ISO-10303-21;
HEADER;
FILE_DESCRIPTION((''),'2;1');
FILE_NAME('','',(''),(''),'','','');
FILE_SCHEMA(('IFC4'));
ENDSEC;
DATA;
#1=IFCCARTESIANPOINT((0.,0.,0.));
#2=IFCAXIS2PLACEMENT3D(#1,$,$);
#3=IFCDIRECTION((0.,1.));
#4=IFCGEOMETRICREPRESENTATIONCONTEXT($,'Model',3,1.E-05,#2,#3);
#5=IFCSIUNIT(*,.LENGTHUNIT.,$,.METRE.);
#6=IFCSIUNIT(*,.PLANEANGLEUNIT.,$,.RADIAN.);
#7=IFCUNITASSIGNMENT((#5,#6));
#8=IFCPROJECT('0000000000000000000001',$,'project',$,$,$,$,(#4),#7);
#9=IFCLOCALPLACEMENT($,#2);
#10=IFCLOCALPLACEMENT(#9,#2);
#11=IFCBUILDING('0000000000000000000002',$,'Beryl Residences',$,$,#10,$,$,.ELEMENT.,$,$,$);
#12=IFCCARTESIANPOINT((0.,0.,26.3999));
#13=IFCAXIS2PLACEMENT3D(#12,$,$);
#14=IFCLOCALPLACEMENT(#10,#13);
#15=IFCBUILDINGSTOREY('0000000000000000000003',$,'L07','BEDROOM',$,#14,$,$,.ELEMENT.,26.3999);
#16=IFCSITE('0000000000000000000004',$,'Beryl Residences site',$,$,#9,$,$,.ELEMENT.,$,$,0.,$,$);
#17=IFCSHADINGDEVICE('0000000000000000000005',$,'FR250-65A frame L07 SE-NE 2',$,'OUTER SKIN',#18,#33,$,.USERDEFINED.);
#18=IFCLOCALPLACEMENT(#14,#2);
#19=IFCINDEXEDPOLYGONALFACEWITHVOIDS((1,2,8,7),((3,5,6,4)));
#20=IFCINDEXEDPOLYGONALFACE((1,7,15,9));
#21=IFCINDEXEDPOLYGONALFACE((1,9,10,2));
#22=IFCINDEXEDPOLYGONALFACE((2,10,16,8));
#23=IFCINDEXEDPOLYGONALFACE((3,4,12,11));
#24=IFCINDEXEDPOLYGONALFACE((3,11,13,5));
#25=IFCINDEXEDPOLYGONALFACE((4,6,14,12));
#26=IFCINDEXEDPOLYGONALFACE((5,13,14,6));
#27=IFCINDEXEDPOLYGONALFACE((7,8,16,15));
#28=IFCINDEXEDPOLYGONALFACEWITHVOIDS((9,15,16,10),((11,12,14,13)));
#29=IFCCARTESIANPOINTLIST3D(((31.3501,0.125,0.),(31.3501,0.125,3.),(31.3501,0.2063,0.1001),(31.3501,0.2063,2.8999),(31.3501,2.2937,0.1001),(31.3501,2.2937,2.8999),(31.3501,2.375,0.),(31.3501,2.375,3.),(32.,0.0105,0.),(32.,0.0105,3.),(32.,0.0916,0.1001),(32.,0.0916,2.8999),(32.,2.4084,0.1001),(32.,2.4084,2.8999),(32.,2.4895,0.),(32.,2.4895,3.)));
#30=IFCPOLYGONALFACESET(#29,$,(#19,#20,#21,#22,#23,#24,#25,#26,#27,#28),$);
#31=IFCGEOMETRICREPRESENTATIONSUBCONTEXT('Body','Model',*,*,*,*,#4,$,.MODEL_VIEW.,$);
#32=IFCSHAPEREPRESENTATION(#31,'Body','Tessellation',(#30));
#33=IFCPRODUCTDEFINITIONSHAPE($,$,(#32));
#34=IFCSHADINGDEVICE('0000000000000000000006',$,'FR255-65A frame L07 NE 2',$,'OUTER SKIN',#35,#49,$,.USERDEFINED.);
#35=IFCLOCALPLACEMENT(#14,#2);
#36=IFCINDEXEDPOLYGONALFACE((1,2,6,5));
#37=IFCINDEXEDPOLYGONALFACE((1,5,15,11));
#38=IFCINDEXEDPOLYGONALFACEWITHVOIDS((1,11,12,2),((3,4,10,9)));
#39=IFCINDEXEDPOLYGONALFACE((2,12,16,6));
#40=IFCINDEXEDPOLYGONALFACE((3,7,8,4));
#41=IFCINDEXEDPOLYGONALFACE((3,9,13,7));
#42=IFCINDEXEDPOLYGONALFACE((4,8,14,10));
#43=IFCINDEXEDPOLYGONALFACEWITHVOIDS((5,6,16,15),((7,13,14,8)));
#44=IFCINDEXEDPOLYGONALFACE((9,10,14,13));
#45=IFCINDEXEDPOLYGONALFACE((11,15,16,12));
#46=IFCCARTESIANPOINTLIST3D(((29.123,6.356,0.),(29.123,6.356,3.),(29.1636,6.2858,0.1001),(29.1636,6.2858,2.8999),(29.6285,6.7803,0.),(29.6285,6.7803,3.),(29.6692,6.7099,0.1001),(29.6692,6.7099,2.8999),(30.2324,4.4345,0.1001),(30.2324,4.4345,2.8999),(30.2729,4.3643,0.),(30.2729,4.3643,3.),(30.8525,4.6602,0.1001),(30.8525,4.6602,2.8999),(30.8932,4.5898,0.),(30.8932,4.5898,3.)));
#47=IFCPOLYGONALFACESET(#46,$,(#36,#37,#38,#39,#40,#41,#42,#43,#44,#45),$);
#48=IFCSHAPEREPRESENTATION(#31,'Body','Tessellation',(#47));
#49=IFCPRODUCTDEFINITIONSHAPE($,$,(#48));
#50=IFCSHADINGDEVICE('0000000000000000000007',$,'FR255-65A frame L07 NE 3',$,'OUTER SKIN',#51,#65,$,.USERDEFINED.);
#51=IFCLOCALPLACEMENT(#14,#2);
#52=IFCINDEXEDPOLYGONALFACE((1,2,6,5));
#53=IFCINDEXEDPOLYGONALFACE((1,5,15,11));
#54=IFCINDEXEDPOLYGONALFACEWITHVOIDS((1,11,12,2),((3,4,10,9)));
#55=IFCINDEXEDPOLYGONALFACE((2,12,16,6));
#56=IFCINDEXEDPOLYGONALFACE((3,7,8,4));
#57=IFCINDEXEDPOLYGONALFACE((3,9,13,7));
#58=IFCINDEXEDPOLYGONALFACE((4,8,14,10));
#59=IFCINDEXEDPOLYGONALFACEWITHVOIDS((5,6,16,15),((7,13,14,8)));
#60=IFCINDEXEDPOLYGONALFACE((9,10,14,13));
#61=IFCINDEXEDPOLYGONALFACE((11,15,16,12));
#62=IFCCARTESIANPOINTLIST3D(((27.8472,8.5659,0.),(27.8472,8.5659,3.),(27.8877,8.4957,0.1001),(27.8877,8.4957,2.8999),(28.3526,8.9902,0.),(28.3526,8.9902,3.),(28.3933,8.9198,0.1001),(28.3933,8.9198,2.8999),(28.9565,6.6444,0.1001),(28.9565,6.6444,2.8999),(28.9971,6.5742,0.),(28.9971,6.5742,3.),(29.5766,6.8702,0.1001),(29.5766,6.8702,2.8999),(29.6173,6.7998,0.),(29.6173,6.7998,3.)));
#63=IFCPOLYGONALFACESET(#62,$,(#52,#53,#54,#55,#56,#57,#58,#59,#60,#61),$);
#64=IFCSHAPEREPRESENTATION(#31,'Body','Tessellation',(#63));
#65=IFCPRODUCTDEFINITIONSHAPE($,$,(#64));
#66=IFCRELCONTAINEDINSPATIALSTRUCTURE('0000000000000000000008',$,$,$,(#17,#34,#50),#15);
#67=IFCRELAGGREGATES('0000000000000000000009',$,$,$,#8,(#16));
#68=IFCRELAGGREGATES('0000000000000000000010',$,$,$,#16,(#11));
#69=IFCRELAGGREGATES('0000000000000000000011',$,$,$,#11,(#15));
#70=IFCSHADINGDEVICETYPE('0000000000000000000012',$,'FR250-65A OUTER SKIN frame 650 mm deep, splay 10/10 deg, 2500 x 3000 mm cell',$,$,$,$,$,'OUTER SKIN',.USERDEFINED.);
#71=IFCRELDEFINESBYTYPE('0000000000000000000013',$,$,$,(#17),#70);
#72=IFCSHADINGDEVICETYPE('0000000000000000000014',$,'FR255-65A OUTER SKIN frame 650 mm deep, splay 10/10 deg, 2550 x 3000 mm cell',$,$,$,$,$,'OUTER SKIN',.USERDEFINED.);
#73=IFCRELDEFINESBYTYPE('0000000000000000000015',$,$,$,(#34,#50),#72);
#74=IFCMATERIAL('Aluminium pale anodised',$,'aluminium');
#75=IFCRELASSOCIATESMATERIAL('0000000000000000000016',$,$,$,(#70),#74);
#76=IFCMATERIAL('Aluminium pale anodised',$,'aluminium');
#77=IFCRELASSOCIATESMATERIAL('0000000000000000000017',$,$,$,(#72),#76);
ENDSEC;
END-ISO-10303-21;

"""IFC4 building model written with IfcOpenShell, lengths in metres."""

from ifc_helpers import new_model, entity, si_unit, direction, frame, origin, place, context, subcontext, project, spatial, source, transform, mapped, material, type_object, type_shapes, element, save


model = new_model("IFC4")

# Units and contexts
model_context = context("Model", 3, precision=1e-05, world=origin(), true_north=direction((0.0, 1.0)))
body_context = subcontext(model_context, "Body", "Model", "MODEL_VIEW")
ifc_project = project(units=[si_unit("LENGTHUNIT", "METRE"), si_unit("PLANEANGLEUNIT", "RADIAN")], contexts=[model_context])

# Site, building, storey
site_placement = place(None, origin())
site = spatial("IfcSite", under=ifc_project, at=site_placement, Name="Beryl Residences site", CompositionType="ELEMENT", RefElevation=0.0)
building_placement = place(site_placement, origin())
building = spatial("IfcBuilding", under=site, at=building_placement, Name="Beryl Residences", CompositionType="ELEMENT")
storey_placement = place(building_placement, frame((0.0, 0.0, 26.3999)))
storey = spatial("IfcBuildingStorey", under=building, at=storey_placement, Name="L07", Description="BEDROOM", CompositionType="ELEMENT", Elevation=26.3999)

# Shading devices
ifc_material_1 = material(Name="Aluminium pale anodised", Category="aluminium")
shading_device_type_1 = type_object("IfcShadingDeviceType", Name="FR250-65A OUTER SKIN frame 650 mm deep, splay 10/10 deg, 2500 x 3000 mm cell", ElementType="OUTER SKIN", PredefinedType="USERDEFINED", material=ifc_material_1)
cartesian_point_1 = entity("IfcCartesianPoint", [-1.125, 0.0])
cartesian_point_2 = entity("IfcCartesianPoint", [-1.0437, 0.1001])
cartesian_point_3 = entity("IfcCartesianPoint", [-1.2395, 0.0])
cartesian_point_4 = entity("IfcCartesianPoint", [-1.1584, 0.1001])
shared_shape_1 = source(origin(), body_context, "Body", "SweptSolid", [
    entity("IfcExtrudedAreaSolidTapered", entity("IfcArbitraryProfileDefWithVoids", "AREA", None, entity("IfcPolyline", [cartesian_point_1, entity("IfcCartesianPoint", [1.125, 0.0]), entity("IfcCartesianPoint", [1.125, 3.0]), entity("IfcCartesianPoint", [-1.125, 3.0]), cartesian_point_1]), [entity("IfcPolyline", [cartesian_point_2, entity("IfcCartesianPoint", [1.0437, 0.1001]), entity("IfcCartesianPoint", [1.0437, 2.8999]), entity("IfcCartesianPoint", [-1.0437, 2.8999]), cartesian_point_2])]), entity("IfcAxis2Placement3D", entity("IfcCartesianPoint", [0.0, 0.0, 0.0]), entity("IfcDirection", [0.0, 1.0, 0.0]), entity("IfcDirection", [-1.0, 0.0, 0.0])), entity("IfcDirection", [0.0, 0.0, 1.0]), 0.6499, entity("IfcArbitraryProfileDefWithVoids", "AREA", None, entity("IfcPolyline", [cartesian_point_3, entity("IfcCartesianPoint", [1.2395, 0.0]), entity("IfcCartesianPoint", [1.2395, 3.0]), entity("IfcCartesianPoint", [-1.2395, 3.0]), cartesian_point_3]), [entity("IfcPolyline", [cartesian_point_4, entity("IfcCartesianPoint", [1.1584, 0.1001]), entity("IfcCartesianPoint", [1.1584, 2.8999]), entity("IfcCartesianPoint", [-1.1584, 2.8999]), cartesian_point_4])])),
])
type_shapes(shading_device_type_1, [shared_shape_1])
for number, where, z_axis, x_axis, name in (
    (1, (31.3501, 1.25, 0.0), (0.0, 0.0, 1.0), (0.0, -1.0, 0.0), "FR250-65A frame L07 SE-NE 2"),
):
    element("IfcShadingDevice", number, at=place(storey_placement, frame(where, z_axis=z_axis, x_axis=x_axis)), inside=storey, type_object=shading_device_type_1, Name=name, ObjectType="OUTER SKIN", PredefinedType="USERDEFINED", context=body_context, shape_type="MappedRepresentation", body=[
        mapped(shared_shape_1, transform((0.0, 0.0, 0.0))),
    ])
ifc_material_2 = material(Name="Aluminium pale anodised", Category="aluminium")
shading_device_type_2 = type_object("IfcShadingDeviceType", Name="FR255-65A OUTER SKIN frame 650 mm deep, splay 10/10 deg, 2550 x 3000 mm cell", ElementType="OUTER SKIN", PredefinedType="USERDEFINED", material=ifc_material_2)
cartesian_point_5 = entity("IfcCartesianPoint", [-1.1499, 0.0])
cartesian_point_6 = entity("IfcCartesianPoint", [-1.0688, 0.1001])
cartesian_point_7 = entity("IfcCartesianPoint", [-1.2646, 0.0])
cartesian_point_8 = entity("IfcCartesianPoint", [-1.1833, 0.1001])
shared_shape_2 = source(origin(), body_context, "Body", "SweptSolid", [
    entity("IfcExtrudedAreaSolidTapered", entity("IfcArbitraryProfileDefWithVoids", "AREA", None, entity("IfcPolyline", [cartesian_point_5, entity("IfcCartesianPoint", [1.1499, 0.0]), entity("IfcCartesianPoint", [1.1499, 3.0]), entity("IfcCartesianPoint", [-1.1499, 3.0]), cartesian_point_5]), [entity("IfcPolyline", [cartesian_point_6, entity("IfcCartesianPoint", [1.0688, 0.1001]), entity("IfcCartesianPoint", [1.0688, 2.8999]), entity("IfcCartesianPoint", [-1.0688, 2.8999]), cartesian_point_6])]), entity("IfcAxis2Placement3D", entity("IfcCartesianPoint", [0.0, 0.0, 0.0]), entity("IfcDirection", [0.0, 1.0, 0.0]), entity("IfcDirection", [-1.0, 0.0, 0.0])), entity("IfcDirection", [0.0, 0.0, 1.0]), 0.6499, entity("IfcArbitraryProfileDefWithVoids", "AREA", None, entity("IfcPolyline", [cartesian_point_7, entity("IfcCartesianPoint", [1.2646, 0.0]), entity("IfcCartesianPoint", [1.2646, 3.0]), entity("IfcCartesianPoint", [-1.2646, 3.0]), cartesian_point_7]), [entity("IfcPolyline", [cartesian_point_8, entity("IfcCartesianPoint", [1.1833, 0.1001]), entity("IfcCartesianPoint", [1.1833, 2.8999]), entity("IfcCartesianPoint", [-1.1833, 2.8999]), cartesian_point_8])])),
])
type_shapes(shading_device_type_2, [shared_shape_2])
for number, where, z_axis, x_axis, name in (
    (2, (29.698, 5.3601, 0.0), (0.0, 0.0, 1.0), (0.5, -0.866025, 0.0), "FR255-65A frame L07 NE 2"),
    (3, (28.4221, 7.5701, 0.0), (0.0, 0.0, 1.0), (0.5, -0.866025, 0.0), "FR255-65A frame L07 NE 3"),
):
    element("IfcShadingDevice", number, at=place(storey_placement, frame(where, z_axis=z_axis, x_axis=x_axis)), inside=storey, type_object=shading_device_type_2, Name=name, ObjectType="OUTER SKIN", PredefinedType="USERDEFINED", context=body_context, shape_type="MappedRepresentation", body=[
        mapped(shared_shape_2, transform((0.0, 0.0, 0.0))),
    ])

save(model, "model.ifc")
